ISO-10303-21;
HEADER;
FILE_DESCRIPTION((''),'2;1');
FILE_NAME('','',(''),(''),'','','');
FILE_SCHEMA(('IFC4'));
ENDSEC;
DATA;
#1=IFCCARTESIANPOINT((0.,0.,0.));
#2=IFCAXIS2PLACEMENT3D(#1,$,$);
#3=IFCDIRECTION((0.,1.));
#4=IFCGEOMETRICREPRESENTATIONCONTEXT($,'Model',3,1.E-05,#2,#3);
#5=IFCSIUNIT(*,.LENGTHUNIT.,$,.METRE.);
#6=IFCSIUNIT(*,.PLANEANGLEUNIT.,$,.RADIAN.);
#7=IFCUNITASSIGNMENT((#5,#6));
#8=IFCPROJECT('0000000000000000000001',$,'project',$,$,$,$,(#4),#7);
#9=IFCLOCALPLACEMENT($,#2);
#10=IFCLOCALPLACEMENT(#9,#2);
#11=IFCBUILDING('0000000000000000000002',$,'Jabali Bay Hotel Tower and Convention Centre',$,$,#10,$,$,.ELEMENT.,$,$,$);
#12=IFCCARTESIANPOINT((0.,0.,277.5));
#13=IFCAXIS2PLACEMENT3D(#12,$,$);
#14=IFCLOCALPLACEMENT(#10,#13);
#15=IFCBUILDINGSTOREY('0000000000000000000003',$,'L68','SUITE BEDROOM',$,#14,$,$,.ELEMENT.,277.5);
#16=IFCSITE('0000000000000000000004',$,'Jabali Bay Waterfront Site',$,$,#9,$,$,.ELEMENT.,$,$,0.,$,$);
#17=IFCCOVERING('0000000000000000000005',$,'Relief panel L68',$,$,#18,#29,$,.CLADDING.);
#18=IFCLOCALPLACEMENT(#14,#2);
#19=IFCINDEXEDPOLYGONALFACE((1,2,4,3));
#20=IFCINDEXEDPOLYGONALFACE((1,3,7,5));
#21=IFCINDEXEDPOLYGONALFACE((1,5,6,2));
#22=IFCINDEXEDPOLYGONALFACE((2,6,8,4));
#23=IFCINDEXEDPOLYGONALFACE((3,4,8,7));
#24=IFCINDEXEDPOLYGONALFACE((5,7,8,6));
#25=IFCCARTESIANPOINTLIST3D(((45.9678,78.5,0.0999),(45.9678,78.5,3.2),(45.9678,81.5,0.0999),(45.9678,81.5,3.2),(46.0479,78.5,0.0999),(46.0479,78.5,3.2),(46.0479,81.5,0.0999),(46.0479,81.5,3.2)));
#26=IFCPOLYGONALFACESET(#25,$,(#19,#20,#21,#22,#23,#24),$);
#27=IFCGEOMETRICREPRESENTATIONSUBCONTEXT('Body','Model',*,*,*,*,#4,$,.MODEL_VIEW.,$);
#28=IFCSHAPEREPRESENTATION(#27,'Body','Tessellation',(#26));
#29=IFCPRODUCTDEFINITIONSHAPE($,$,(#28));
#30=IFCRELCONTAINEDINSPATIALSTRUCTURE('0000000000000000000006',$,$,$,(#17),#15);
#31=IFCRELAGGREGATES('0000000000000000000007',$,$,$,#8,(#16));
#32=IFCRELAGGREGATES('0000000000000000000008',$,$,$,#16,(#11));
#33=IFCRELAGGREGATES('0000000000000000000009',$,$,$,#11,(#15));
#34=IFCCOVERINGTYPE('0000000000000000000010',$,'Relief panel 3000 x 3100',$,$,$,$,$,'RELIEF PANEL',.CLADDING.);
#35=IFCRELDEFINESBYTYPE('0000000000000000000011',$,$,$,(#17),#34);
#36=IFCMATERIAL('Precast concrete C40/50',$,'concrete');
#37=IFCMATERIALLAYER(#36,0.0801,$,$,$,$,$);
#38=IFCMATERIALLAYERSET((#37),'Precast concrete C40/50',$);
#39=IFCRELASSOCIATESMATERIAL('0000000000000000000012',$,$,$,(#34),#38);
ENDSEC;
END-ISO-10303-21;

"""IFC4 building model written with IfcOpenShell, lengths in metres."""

from ifc_helpers import new_model, si_unit, direction, frame, origin, origin_2d, place, context, subcontext, project, spatial, rectangle, extrude, material, layer, layer_set, type_object, element, save


model = new_model("IFC4")

# Units and contexts
model_context = context("Model", 3, precision=1e-05, world=origin(), true_north=direction((0.0, 1.0)))
body_context = subcontext(model_context, "Body", "Model", "MODEL_VIEW")
ifc_project = project(units=[si_unit("LENGTHUNIT", "METRE"), si_unit("PLANEANGLEUNIT", "RADIAN")], contexts=[model_context])

# Site, building, storey
site_placement = place(None, origin())
site = spatial("IfcSite", under=ifc_project, at=site_placement, Name="Jabali Bay Waterfront Site", CompositionType="ELEMENT", RefElevation=0.0)
building_placement = place(site_placement, origin())
building = spatial("IfcBuilding", under=site, at=building_placement, Name="Jabali Bay Hotel Tower and Convention Centre", CompositionType="ELEMENT")
storey_placement = place(building_placement, frame((0.0, 0.0, 277.5)))
storey = spatial("IfcBuildingStorey", under=building, at=storey_placement, Name="L68", Description="SUITE BEDROOM", CompositionType="ELEMENT", Elevation=277.5)

# Covering
ifc_material_1 = material(Name="Precast concrete C40/50", Category="concrete")
ifc_layer_1 = layer(ifc_material_1, 0.0801)
ifc_layer_set_1 = layer_set([ifc_layer_1], Name="Precast concrete C40/50")
covering_type = type_object("IfcCoveringType", Name="Relief panel 3000 x 3100", ElementType="RELIEF PANEL", PredefinedType="CLADDING", material=ifc_layer_set_1)
covering_placement = place(storey_placement, frame((46.0078, 80.0, 0.0999), z_axis=(0.0, 0.0, 1.0), x_axis=(0.0, 1.0, 0.0)))
element("IfcCovering", 1, at=covering_placement, inside=storey, type_object=covering_type, Name="Relief panel L68", PredefinedType="CLADDING", context=body_context, shape_type="SweptSolid", body=[
    extrude(rectangle(XDim=3.0, YDim=0.0801, at=origin_2d()), origin(), (0.0, 0.0, 1.0), 3.1001),
])

save(model, "model.ifc")
